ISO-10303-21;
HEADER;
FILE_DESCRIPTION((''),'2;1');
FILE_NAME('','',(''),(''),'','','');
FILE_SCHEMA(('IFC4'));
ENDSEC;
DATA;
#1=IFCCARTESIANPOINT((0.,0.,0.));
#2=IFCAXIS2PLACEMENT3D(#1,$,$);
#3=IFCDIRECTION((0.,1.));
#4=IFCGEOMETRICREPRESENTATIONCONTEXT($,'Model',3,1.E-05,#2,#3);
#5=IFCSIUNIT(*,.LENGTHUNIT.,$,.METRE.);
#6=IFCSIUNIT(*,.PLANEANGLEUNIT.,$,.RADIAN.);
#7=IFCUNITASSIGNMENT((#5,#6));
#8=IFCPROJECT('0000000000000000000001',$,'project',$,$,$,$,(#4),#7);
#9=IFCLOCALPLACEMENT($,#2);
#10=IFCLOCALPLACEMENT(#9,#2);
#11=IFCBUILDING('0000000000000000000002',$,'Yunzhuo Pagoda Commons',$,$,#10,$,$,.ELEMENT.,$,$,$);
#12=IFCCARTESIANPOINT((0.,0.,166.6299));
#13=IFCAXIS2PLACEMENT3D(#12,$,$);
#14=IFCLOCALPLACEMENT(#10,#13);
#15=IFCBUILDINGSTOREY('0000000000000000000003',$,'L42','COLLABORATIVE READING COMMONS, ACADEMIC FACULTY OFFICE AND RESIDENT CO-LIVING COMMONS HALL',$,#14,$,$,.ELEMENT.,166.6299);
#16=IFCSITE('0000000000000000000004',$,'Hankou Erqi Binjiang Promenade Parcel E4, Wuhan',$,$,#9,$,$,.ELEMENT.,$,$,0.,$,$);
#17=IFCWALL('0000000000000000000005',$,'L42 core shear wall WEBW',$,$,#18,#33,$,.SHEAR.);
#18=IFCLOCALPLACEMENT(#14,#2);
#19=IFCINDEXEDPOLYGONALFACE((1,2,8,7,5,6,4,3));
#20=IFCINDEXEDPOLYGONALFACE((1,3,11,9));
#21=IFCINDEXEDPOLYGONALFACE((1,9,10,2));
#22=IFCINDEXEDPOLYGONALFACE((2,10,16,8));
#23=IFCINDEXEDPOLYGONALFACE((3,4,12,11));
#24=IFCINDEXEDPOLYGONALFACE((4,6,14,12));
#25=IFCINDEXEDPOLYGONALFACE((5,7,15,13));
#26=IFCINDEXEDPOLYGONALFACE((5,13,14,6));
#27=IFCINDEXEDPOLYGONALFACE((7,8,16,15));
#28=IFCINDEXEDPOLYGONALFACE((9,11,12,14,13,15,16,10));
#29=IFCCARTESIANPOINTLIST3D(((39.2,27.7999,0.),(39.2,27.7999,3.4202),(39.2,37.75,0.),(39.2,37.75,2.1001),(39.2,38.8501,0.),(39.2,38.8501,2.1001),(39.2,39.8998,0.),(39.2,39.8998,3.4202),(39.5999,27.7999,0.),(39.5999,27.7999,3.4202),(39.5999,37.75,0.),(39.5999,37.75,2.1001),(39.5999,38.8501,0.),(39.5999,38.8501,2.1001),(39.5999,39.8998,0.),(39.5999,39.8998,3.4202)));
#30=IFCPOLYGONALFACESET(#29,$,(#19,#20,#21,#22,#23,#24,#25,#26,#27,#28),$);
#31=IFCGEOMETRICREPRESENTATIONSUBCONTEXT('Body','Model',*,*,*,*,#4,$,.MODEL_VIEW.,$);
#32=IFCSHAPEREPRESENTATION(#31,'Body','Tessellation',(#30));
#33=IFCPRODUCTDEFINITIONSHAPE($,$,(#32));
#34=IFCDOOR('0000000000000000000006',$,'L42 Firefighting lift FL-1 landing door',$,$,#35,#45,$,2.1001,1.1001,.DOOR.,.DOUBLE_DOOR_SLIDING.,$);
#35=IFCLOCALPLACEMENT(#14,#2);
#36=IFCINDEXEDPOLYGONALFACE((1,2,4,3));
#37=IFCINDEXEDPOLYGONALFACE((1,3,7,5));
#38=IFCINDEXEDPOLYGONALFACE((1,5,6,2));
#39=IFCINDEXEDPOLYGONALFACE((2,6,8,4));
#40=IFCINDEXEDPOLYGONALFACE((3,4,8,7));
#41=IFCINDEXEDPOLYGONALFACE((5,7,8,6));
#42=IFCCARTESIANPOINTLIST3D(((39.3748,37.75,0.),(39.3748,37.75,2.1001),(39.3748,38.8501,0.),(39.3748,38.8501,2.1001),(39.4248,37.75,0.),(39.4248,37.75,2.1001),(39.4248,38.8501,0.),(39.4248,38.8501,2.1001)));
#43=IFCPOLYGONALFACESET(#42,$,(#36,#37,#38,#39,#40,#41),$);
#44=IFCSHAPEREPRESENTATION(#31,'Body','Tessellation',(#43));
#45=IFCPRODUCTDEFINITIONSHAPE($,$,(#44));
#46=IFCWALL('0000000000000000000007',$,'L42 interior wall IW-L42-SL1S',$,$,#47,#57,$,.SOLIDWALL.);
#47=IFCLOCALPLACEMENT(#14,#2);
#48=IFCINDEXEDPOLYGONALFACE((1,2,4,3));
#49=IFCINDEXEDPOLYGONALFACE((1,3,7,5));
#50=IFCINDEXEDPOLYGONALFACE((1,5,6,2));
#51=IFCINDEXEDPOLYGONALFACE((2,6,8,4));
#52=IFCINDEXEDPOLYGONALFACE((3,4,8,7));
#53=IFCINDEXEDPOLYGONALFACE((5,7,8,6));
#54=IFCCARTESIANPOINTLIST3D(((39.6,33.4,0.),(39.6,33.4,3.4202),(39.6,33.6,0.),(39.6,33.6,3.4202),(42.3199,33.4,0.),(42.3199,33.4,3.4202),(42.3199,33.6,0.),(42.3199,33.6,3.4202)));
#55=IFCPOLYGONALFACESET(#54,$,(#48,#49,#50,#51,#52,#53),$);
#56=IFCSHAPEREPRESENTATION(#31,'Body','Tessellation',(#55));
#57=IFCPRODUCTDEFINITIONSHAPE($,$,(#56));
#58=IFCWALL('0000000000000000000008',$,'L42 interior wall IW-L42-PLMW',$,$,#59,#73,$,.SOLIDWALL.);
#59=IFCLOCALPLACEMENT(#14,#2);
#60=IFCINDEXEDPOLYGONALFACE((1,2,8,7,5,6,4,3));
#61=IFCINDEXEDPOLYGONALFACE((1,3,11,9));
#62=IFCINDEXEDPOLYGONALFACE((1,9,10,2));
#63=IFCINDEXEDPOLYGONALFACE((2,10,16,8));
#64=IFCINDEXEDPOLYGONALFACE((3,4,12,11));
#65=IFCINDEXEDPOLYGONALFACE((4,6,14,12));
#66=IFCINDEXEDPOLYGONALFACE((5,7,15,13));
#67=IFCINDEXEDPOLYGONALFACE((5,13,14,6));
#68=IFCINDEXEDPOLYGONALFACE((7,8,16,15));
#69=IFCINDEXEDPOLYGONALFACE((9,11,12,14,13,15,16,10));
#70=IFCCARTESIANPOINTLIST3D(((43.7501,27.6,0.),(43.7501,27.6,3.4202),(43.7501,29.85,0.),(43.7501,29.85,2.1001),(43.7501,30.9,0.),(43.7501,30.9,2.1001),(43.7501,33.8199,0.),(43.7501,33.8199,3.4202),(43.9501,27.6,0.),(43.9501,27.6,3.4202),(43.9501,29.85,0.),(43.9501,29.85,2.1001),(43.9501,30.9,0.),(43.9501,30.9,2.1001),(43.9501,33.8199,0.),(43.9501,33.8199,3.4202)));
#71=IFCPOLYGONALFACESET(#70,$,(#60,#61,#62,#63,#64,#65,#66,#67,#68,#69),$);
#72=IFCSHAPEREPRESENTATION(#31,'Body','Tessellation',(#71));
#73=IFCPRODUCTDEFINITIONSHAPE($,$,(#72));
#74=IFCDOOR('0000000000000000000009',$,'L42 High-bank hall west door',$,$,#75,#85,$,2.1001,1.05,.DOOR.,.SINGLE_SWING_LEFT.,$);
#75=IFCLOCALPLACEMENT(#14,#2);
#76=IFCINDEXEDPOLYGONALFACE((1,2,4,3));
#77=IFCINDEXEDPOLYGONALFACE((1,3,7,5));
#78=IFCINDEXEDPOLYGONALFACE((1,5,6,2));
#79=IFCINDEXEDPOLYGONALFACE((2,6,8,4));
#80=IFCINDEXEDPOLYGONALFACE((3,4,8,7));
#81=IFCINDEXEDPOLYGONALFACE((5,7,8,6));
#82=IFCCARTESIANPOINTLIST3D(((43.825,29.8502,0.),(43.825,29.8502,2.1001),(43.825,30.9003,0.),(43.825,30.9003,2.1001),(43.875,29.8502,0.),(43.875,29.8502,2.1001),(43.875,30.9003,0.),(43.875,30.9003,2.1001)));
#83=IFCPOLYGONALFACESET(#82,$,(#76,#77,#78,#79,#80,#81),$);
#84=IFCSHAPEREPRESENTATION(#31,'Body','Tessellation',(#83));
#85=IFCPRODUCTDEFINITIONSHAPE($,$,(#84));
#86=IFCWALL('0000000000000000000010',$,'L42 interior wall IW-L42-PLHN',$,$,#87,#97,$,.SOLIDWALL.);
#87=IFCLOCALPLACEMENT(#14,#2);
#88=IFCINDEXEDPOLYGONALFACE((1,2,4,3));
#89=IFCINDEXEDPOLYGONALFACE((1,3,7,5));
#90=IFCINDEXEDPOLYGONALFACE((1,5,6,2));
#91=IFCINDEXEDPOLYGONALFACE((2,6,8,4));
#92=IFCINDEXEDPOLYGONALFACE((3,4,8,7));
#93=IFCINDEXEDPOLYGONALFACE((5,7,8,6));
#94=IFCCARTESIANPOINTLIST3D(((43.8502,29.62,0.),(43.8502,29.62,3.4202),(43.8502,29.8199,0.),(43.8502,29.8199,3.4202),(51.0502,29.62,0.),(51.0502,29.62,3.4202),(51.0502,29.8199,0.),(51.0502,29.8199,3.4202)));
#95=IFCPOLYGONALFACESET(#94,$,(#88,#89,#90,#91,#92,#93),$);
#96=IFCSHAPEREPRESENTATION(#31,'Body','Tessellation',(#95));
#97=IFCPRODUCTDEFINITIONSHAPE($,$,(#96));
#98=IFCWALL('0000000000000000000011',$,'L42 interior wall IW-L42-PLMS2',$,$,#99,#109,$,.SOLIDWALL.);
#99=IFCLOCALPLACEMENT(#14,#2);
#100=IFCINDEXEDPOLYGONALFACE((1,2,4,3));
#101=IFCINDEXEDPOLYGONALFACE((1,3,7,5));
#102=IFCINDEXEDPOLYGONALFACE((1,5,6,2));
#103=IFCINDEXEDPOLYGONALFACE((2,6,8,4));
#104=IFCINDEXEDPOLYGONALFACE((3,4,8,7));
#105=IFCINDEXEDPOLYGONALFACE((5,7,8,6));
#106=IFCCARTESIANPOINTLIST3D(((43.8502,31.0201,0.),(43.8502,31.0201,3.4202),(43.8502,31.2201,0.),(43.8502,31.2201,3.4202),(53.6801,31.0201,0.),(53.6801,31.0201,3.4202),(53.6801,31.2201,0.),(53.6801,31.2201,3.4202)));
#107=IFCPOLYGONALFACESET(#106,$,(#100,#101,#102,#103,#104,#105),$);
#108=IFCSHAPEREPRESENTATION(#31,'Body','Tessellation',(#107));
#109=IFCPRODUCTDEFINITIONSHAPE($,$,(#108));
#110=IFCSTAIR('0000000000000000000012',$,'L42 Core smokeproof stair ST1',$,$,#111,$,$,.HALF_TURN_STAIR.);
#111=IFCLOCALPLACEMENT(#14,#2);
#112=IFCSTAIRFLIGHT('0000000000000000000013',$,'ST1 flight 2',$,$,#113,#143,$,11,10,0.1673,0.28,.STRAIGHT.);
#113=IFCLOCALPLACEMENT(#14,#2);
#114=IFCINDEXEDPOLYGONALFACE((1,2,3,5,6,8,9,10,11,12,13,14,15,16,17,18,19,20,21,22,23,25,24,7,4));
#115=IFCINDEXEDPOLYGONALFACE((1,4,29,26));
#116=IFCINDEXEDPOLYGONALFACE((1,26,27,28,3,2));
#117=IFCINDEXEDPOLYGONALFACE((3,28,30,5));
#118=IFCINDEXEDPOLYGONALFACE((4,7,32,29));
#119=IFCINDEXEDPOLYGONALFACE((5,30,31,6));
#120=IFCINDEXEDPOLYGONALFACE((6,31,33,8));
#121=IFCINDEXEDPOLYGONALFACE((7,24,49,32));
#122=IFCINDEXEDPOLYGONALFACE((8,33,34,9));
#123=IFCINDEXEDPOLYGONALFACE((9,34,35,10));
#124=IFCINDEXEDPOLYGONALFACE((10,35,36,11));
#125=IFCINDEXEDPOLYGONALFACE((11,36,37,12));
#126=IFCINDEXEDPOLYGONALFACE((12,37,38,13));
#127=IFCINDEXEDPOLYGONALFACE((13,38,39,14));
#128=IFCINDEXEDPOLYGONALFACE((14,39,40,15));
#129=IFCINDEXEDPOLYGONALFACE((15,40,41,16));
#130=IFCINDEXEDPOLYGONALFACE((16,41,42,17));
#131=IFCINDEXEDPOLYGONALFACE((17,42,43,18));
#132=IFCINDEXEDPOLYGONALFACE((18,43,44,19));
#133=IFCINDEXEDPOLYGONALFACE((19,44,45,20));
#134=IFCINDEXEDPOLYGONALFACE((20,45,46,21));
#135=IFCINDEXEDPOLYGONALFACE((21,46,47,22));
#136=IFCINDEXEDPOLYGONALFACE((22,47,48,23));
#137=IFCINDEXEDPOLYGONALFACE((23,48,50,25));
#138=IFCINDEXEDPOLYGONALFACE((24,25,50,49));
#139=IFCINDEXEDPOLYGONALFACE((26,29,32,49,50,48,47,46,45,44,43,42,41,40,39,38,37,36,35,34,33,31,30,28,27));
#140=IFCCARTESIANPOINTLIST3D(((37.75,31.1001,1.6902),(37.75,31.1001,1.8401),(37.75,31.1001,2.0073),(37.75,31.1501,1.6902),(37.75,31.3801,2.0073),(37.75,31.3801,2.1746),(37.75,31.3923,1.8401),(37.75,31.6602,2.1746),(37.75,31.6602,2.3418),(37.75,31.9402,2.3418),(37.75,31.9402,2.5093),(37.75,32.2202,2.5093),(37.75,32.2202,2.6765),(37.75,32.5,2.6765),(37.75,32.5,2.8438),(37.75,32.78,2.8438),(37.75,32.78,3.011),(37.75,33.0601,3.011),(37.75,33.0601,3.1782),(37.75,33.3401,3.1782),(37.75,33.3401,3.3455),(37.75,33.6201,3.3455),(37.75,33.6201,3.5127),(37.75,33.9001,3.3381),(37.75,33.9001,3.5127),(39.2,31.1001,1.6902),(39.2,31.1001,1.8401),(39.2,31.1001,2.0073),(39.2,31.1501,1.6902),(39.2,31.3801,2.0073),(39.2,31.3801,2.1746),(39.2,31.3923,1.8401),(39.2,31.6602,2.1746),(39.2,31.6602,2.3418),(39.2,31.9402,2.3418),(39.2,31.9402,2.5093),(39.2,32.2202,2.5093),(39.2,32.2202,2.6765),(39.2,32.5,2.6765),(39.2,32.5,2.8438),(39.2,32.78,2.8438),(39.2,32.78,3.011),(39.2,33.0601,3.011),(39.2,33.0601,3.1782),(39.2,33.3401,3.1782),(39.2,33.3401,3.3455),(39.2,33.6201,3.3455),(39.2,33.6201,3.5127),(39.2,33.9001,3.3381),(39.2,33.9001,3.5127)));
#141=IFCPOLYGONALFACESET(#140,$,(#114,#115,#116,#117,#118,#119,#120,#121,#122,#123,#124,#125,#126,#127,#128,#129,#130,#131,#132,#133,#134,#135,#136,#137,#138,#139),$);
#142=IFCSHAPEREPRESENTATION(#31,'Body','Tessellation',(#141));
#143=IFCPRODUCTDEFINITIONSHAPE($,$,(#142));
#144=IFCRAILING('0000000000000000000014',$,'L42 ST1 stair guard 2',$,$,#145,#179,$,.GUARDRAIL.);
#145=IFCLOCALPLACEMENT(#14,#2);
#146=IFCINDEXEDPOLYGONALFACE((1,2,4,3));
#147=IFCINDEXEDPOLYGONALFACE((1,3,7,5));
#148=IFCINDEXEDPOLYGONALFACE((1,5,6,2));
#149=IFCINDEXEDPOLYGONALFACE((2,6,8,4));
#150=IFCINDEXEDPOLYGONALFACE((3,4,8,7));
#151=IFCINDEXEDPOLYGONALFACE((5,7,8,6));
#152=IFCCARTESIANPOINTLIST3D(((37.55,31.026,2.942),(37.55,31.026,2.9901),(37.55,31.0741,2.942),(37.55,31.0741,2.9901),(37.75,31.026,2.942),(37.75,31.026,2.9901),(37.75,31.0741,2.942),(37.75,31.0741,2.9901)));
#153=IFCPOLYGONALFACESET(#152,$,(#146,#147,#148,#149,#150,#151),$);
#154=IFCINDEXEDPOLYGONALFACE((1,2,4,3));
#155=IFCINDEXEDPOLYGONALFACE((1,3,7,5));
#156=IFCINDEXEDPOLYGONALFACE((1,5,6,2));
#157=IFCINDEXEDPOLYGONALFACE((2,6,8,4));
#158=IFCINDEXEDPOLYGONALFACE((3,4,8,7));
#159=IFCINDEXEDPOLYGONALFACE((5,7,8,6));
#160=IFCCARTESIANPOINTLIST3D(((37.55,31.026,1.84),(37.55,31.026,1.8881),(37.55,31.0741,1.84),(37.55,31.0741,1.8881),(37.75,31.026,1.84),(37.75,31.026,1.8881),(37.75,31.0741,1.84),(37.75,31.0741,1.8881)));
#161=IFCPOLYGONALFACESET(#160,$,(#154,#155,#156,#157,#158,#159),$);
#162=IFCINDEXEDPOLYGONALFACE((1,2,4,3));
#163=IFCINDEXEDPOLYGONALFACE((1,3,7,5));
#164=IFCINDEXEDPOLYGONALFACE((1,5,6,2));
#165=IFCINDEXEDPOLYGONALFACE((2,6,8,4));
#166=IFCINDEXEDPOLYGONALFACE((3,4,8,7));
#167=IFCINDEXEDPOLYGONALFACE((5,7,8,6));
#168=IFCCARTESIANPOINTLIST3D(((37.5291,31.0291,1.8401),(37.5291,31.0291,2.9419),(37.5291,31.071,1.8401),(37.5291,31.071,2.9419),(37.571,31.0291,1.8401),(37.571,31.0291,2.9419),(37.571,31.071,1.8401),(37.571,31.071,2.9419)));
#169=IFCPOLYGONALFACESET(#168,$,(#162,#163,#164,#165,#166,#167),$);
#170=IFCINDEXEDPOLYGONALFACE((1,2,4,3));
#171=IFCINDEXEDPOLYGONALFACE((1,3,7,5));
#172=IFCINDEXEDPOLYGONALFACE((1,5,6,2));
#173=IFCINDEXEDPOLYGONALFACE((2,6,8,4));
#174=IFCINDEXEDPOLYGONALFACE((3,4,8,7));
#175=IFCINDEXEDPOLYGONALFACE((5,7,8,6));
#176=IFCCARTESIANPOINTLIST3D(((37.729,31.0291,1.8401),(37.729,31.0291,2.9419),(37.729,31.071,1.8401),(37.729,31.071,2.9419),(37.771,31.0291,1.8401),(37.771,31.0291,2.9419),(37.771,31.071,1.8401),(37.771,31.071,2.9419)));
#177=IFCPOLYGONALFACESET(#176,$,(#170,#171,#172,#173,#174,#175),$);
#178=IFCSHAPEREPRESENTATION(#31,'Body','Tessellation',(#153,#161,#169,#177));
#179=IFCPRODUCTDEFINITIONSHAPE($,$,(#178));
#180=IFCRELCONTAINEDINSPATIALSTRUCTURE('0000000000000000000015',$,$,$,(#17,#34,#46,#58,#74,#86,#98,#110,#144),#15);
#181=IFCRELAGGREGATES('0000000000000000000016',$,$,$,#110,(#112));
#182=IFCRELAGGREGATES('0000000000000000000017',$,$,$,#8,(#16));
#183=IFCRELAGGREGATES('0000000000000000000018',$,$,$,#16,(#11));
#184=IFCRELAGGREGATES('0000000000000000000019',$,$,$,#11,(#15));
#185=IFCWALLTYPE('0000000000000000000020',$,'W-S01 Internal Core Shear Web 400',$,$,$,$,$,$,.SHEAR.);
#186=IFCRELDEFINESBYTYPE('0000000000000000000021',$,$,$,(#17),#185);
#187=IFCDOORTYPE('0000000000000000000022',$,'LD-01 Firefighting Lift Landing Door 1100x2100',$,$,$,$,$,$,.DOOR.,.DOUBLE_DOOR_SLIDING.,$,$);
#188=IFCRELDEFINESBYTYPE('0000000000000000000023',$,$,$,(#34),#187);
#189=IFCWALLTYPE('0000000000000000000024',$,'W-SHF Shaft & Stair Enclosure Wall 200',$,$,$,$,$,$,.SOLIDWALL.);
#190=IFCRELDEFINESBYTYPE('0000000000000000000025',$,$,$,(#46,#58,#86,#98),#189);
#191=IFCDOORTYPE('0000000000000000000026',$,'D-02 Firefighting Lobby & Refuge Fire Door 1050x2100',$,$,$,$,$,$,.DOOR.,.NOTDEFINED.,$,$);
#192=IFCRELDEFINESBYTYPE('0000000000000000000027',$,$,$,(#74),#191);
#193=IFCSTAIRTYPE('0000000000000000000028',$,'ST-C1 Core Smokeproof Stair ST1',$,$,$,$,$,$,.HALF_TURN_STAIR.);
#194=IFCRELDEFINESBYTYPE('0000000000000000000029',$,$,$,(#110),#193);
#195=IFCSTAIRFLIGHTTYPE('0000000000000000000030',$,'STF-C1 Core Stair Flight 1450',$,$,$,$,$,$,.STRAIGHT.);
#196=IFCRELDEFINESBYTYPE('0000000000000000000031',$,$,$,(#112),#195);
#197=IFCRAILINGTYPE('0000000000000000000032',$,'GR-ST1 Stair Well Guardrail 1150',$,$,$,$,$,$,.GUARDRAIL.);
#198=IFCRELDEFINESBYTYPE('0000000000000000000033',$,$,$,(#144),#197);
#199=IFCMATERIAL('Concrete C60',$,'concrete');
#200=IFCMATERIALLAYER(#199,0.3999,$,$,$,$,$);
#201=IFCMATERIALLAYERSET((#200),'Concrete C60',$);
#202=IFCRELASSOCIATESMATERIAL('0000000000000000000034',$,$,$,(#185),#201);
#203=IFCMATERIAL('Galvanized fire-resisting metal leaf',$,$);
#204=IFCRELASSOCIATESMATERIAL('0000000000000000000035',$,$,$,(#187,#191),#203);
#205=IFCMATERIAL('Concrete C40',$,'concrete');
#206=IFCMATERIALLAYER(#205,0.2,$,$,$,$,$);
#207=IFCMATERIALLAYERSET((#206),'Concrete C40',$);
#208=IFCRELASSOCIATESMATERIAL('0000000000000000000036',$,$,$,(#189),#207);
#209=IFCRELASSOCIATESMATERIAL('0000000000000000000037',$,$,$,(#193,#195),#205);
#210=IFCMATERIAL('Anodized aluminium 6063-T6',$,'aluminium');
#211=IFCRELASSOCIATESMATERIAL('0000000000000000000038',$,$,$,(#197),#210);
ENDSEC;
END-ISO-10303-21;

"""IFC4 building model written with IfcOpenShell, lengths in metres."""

from ifc_helpers import new_model, si_unit, direction, frame, frame_2d, origin, origin_2d, place, context, subcontext, project, spatial, polyline, rectangle, outline, extrude, source, transform, mapped, material, layer, layer_set, type_object, element, fill, aggregate, save


model = new_model("IFC4")

# Units and contexts
model_context = context("Model", 3, precision=1e-05, world=origin(), true_north=direction((0.0, 1.0)))
body_context = subcontext(model_context, "Body", "Model", "MODEL_VIEW")
ifc_project = project(units=[si_unit("LENGTHUNIT", "METRE"), si_unit("PLANEANGLEUNIT", "RADIAN")], contexts=[model_context])

# Site, building, storey
site_placement = place(None, origin())
site = spatial("IfcSite", under=ifc_project, at=site_placement, Name="Hankou Erqi Binjiang Promenade Parcel E4, Wuhan", CompositionType="ELEMENT", RefElevation=0.0)
building_placement = place(site_placement, origin())
building = spatial("IfcBuilding", under=site, at=building_placement, Name="Yunzhuo Pagoda Commons", CompositionType="ELEMENT")
storey_placement = place(building_placement, frame((0.0, 0.0, 166.6299)))
storey = spatial("IfcBuildingStorey", under=building, at=storey_placement, Name="L42", Description="COLLABORATIVE READING COMMONS, ACADEMIC FACULTY OFFICE AND RESIDENT CO-LIVING COMMONS HALL", CompositionType="ELEMENT", Elevation=166.6299)

# Shared definitions
ifc_material_1 = material(Name="Concrete C60", Category="concrete")

# Shared definitions
ifc_material_2 = material(Name="Galvanized fire-resisting metal leaf")

# Wall, opening, door
ifc_layer_1 = layer(ifc_material_1, 0.3999)
ifc_layer_set_1 = layer_set([ifc_layer_1], Name="Concrete C60")
wall_type_1 = type_object("IfcWallType", Name="W-S01 Internal Core Shear Web 400", PredefinedType="SHEAR", material=ifc_layer_set_1)
wall_1_placement = place(storey_placement, frame((39.3999, 27.8, 0.0), z_axis=(0.0, 0.0, 1.0), x_axis=(0.0, 1.0, 0.0)))
wall_1 = element("IfcWall", 1, at=wall_1_placement, inside=storey, type_object=wall_type_1, Name="L42 core shear wall WEBW", PredefinedType="SHEAR", context=body_context, shape_type="SweptSolid", body=[
    extrude(rectangle(XDim=12.0999, YDim=0.3999, at=frame_2d((6.0498, 0.0))), origin(), (0.0, 0.0, 1.0), 3.4202),
])
opening_1_placement = place(wall_1_placement, frame((9.95, 0.0, 0.0)))
opening_1 = element("IfcOpeningElement", 2, at=opening_1_placement, cuts=wall_1, PredefinedType="OPENING", context=body_context, shape_type="SweptSolid", body=[
    extrude(rectangle(XDim=1.1001, YDim=2.1001, at=frame_2d((0.55, 1.05))), frame((0.0, 0.21, 0.0), z_axis=(0.0, -1.0, 0.0), x_axis=(1.0, 0.0, 0.0)), (0.0, 0.0, 1.0), 0.4199),
])
door_type_1 = type_object("IfcDoorType", Name="LD-01 Firefighting Lift Landing Door 1100x2100", OperationType="DOUBLE_DOOR_SLIDING", PredefinedType="DOOR", material=ifc_material_2)
shared_shape_1 = source(origin(), body_context, "Body", "SweptSolid", [
    extrude(rectangle(XDim=1.1001, YDim=2.1001, at=frame_2d((0.55, 1.05))), frame((0.0, 0.0249, 0.0), z_axis=(0.0, -1.0, 0.0), x_axis=(1.0, 0.0, 0.0)), (0.0, 0.0, 1.0), 0.05),
])
door_1_placement = place(opening_1_placement, frame((1.1001, 0.0, 0.0), z_axis=(0.0, 0.0, 1.0), x_axis=(-1.0, 0.0, 0.0)))
door_1 = element("IfcDoor", 3, at=door_1_placement, inside=storey, type_object=door_type_1, Name="L42 Firefighting lift FL-1 landing door", OperationType="DOUBLE_DOOR_SLIDING", OverallHeight=2.1001, OverallWidth=1.1001, PredefinedType="DOOR", context=body_context, shape_type="MappedRepresentation", body=[
    mapped(shared_shape_1, transform((0.0, 0.0, 0.0), scale=1.0)),
])
fill(opening_1, door_1)

# Wall
ifc_material_3 = material(Name="Concrete C40", Category="concrete")
ifc_layer_2 = layer(ifc_material_3, 0.2)
ifc_layer_set_2 = layer_set([ifc_layer_2], Name="Concrete C40")
wall_type_2 = type_object("IfcWallType", Name="W-SHF Shaft & Stair Enclosure Wall 200", PredefinedType="SOLIDWALL", material=ifc_layer_set_2)
wall_2_placement = place(storey_placement, frame((39.6001, 33.5, 0.0), z_axis=(0.0, 0.0, 1.0), x_axis=(1.0, 0.0, 0.0)))
element("IfcWall", 4, at=wall_2_placement, inside=storey, type_object=wall_type_2, Name="L42 interior wall IW-L42-SL1S", PredefinedType="SOLIDWALL", context=body_context, shape_type="SweptSolid", body=[
    extrude(rectangle(XDim=2.72, YDim=0.2, at=frame_2d((1.3599, 0.0))), origin(), (0.0, 0.0, 1.0), 3.4202),
])

# Wall, opening, door
wall_3_placement = place(storey_placement, frame((43.8501, 27.6001, 0.0), z_axis=(0.0, 0.0, 1.0), x_axis=(0.0, 1.0, 0.0)))
wall_3 = element("IfcWall", 5, at=wall_3_placement, inside=storey, type_object=wall_type_2, Name="L42 interior wall IW-L42-PLMW", PredefinedType="SOLIDWALL", context=body_context, shape_type="SweptSolid", body=[
    extrude(rectangle(XDim=6.22, YDim=0.2, at=frame_2d((3.1099, 0.0))), origin(), (0.0, 0.0, 1.0), 3.4202),
])
opening_2_placement = place(wall_3_placement, frame((2.25, 0.0, 0.0)))
opening_2 = element("IfcOpeningElement", 6, at=opening_2_placement, cuts=wall_3, PredefinedType="OPENING", context=body_context, shape_type="SweptSolid", body=[
    extrude(rectangle(XDim=1.05, YDim=2.1001, at=frame_2d((0.5249, 1.05))), frame((0.0, 0.1099, 0.0), z_axis=(0.0, -1.0, 0.0), x_axis=(1.0, 0.0, 0.0)), (0.0, 0.0, 1.0), 0.22),
])
door_type_2 = type_object("IfcDoorType", Name="D-02 Firefighting Lobby & Refuge Fire Door 1050x2100", OperationType="NOTDEFINED", PredefinedType="DOOR", material=ifc_material_2)
shared_shape_2 = source(origin(), body_context, "Body", "SweptSolid", [
    extrude(rectangle(XDim=1.05, YDim=2.1001, at=frame_2d((0.5249, 1.05))), frame((0.0, 0.0249, 0.0), z_axis=(0.0, -1.0, 0.0), x_axis=(1.0, 0.0, 0.0)), (0.0, 0.0, 1.0), 0.05),
])
door_2_placement = place(opening_2_placement, frame((1.05, 0.0, 0.0), z_axis=(0.0, 0.0, 1.0), x_axis=(-1.0, 0.0, 0.0)))
door_2 = element("IfcDoor", 7, at=door_2_placement, inside=storey, type_object=door_type_2, Name="L42 High-bank hall west door", OperationType="SINGLE_SWING_LEFT", OverallHeight=2.1001, OverallWidth=1.05, PredefinedType="DOOR", context=body_context, shape_type="MappedRepresentation", body=[
    mapped(shared_shape_2, transform((0.0, 0.0, 0.0), scale=1.0)),
])
fill(opening_2, door_2)

# Walls
wall_4_placement = place(storey_placement, frame((43.8501, 29.72, 0.0), z_axis=(0.0, 0.0, 1.0), x_axis=(1.0, 0.0, 0.0)))
element("IfcWall", 8, at=wall_4_placement, inside=storey, type_object=wall_type_2, Name="L42 interior wall IW-L42-PLHN", PredefinedType="SOLIDWALL", context=body_context, shape_type="SweptSolid", body=[
    extrude(rectangle(XDim=7.2, YDim=0.2, at=frame_2d((3.6001, 0.0))), origin(), (0.0, 0.0, 1.0), 3.4202),
])
wall_5_placement = place(storey_placement, frame((43.8501, 31.1201, 0.0), z_axis=(0.0, 0.0, 1.0), x_axis=(1.0, 0.0, 0.0)))
element("IfcWall", 9, at=wall_5_placement, inside=storey, type_object=wall_type_2, Name="L42 interior wall IW-L42-PLMS2", PredefinedType="SOLIDWALL", context=body_context, shape_type="SweptSolid", body=[
    extrude(rectangle(XDim=9.8298, YDim=0.2, at=frame_2d((4.915, 0.0))), origin(), (0.0, 0.0, 1.0), 3.4202),
])

# Stair, stair flight
stair_type = type_object("IfcStairType", Name="ST-C1 Core Smokeproof Stair ST1", PredefinedType="HALF_TURN_STAIR", material=ifc_material_3)
stair_placement = place(storey_placement, origin())
stair = element("IfcStair", 10, at=stair_placement, inside=storey, type_object=stair_type, Name="L42 Core smokeproof stair ST1", PredefinedType="HALF_TURN_STAIR")
stair_flight_type = type_object("IfcStairFlightType", Name="STF-C1 Core Stair Flight 1450", PredefinedType="STRAIGHT", material=ifc_material_3)
shared_shape_3 = source(origin(), body_context, "Body", "SweptSolid", [
    extrude(outline(polyline([(0.0, -0.1499), (0.0, 0.0), (0.0, 0.1672), (0.28, 0.1672), (0.28, 0.3345), (0.5601, 0.3345), (0.5601, 0.5017), (0.8401, 0.5017), (0.8401, 0.6692), (1.1201, 0.6692), (1.1201, 0.8364), (1.3999, 0.8364), (1.3999, 1.0037), (1.6799, 1.0037), (1.6799, 1.1709), (1.96, 1.1709), (1.96, 1.3381), (2.24, 1.3381), (2.24, 1.5054), (2.52, 1.5054), (2.52, 1.6726), (2.8, 1.6726), (2.8, 1.8401), (2.8, 1.498), (0.2922, 0.0), (0.05, -0.1499), (0.0, -0.1499)])), frame((0.0, 0.7251, 0.0), z_axis=(0.0, -1.0, 0.0), x_axis=(1.0, 0.0, 0.0)), (0.0, 0.0, 1.0), 1.45),
])
stair_flight_placement = place(storey_placement, frame((38.4751, 31.1001, 1.8401), z_axis=(0.0, 0.0, 1.0), x_axis=(0.0, 1.0, 0.0)))
stair_flight = element("IfcStairFlight", 11, at=stair_flight_placement, type_object=stair_flight_type, Name="ST1 flight 2", NumberOfRisers=11, NumberOfTreads=10, PredefinedType="STRAIGHT", RiserHeight=0.1673, TreadLength=0.28, context=body_context, shape_type="MappedRepresentation", body=[
    mapped(shared_shape_3, transform((0.0, 0.0, 0.0), scale=1.0)),
])
aggregate(stair, [stair_flight])

# Railing
ifc_material_4 = material(Name="Anodized aluminium 6063-T6", Category="aluminium")
railing_type_1 = type_object("IfcRailingType", Name="GR-ST1 Stair Well Guardrail 1150", PredefinedType="GUARDRAIL", material=ifc_material_4)
railing_1_placement = place(storey_placement, frame((37.55, 31.05, 1.8401)))
element("IfcRailing", 12, at=railing_1_placement, inside=storey, type_object=railing_type_1, Name="L42 ST1 stair guard 2", PredefinedType="GUARDRAIL", context=body_context, shape_type="SweptSolid", body=[
    extrude(rectangle(XDim=0.0481, YDim=0.0481, at=origin_2d()), frame((0.0, 0.0, 1.126), z_axis=(1.0, 0.0, 0.0), x_axis=(0.0, 1.0, 0.0)), (0.0, 0.0, 1.0), 0.2),
    extrude(rectangle(XDim=0.0481, YDim=0.0481, at=origin_2d()), frame((0.0, 0.0, 0.0239), z_axis=(1.0, 0.0, 0.0), x_axis=(0.0, 1.0, 0.0)), (0.0, 0.0, 1.0), 0.2),
    extrude(rectangle(XDim=0.042, YDim=0.042, at=origin_2d()), origin(), (0.0, 0.0, 1.0), 1.1018),
    extrude(rectangle(XDim=0.042, YDim=0.042, at=origin_2d()), frame((0.2, 0.0, 0.0)), (0.0, 0.0, 1.0), 1.1018),
])

save(model, "model.ifc")
